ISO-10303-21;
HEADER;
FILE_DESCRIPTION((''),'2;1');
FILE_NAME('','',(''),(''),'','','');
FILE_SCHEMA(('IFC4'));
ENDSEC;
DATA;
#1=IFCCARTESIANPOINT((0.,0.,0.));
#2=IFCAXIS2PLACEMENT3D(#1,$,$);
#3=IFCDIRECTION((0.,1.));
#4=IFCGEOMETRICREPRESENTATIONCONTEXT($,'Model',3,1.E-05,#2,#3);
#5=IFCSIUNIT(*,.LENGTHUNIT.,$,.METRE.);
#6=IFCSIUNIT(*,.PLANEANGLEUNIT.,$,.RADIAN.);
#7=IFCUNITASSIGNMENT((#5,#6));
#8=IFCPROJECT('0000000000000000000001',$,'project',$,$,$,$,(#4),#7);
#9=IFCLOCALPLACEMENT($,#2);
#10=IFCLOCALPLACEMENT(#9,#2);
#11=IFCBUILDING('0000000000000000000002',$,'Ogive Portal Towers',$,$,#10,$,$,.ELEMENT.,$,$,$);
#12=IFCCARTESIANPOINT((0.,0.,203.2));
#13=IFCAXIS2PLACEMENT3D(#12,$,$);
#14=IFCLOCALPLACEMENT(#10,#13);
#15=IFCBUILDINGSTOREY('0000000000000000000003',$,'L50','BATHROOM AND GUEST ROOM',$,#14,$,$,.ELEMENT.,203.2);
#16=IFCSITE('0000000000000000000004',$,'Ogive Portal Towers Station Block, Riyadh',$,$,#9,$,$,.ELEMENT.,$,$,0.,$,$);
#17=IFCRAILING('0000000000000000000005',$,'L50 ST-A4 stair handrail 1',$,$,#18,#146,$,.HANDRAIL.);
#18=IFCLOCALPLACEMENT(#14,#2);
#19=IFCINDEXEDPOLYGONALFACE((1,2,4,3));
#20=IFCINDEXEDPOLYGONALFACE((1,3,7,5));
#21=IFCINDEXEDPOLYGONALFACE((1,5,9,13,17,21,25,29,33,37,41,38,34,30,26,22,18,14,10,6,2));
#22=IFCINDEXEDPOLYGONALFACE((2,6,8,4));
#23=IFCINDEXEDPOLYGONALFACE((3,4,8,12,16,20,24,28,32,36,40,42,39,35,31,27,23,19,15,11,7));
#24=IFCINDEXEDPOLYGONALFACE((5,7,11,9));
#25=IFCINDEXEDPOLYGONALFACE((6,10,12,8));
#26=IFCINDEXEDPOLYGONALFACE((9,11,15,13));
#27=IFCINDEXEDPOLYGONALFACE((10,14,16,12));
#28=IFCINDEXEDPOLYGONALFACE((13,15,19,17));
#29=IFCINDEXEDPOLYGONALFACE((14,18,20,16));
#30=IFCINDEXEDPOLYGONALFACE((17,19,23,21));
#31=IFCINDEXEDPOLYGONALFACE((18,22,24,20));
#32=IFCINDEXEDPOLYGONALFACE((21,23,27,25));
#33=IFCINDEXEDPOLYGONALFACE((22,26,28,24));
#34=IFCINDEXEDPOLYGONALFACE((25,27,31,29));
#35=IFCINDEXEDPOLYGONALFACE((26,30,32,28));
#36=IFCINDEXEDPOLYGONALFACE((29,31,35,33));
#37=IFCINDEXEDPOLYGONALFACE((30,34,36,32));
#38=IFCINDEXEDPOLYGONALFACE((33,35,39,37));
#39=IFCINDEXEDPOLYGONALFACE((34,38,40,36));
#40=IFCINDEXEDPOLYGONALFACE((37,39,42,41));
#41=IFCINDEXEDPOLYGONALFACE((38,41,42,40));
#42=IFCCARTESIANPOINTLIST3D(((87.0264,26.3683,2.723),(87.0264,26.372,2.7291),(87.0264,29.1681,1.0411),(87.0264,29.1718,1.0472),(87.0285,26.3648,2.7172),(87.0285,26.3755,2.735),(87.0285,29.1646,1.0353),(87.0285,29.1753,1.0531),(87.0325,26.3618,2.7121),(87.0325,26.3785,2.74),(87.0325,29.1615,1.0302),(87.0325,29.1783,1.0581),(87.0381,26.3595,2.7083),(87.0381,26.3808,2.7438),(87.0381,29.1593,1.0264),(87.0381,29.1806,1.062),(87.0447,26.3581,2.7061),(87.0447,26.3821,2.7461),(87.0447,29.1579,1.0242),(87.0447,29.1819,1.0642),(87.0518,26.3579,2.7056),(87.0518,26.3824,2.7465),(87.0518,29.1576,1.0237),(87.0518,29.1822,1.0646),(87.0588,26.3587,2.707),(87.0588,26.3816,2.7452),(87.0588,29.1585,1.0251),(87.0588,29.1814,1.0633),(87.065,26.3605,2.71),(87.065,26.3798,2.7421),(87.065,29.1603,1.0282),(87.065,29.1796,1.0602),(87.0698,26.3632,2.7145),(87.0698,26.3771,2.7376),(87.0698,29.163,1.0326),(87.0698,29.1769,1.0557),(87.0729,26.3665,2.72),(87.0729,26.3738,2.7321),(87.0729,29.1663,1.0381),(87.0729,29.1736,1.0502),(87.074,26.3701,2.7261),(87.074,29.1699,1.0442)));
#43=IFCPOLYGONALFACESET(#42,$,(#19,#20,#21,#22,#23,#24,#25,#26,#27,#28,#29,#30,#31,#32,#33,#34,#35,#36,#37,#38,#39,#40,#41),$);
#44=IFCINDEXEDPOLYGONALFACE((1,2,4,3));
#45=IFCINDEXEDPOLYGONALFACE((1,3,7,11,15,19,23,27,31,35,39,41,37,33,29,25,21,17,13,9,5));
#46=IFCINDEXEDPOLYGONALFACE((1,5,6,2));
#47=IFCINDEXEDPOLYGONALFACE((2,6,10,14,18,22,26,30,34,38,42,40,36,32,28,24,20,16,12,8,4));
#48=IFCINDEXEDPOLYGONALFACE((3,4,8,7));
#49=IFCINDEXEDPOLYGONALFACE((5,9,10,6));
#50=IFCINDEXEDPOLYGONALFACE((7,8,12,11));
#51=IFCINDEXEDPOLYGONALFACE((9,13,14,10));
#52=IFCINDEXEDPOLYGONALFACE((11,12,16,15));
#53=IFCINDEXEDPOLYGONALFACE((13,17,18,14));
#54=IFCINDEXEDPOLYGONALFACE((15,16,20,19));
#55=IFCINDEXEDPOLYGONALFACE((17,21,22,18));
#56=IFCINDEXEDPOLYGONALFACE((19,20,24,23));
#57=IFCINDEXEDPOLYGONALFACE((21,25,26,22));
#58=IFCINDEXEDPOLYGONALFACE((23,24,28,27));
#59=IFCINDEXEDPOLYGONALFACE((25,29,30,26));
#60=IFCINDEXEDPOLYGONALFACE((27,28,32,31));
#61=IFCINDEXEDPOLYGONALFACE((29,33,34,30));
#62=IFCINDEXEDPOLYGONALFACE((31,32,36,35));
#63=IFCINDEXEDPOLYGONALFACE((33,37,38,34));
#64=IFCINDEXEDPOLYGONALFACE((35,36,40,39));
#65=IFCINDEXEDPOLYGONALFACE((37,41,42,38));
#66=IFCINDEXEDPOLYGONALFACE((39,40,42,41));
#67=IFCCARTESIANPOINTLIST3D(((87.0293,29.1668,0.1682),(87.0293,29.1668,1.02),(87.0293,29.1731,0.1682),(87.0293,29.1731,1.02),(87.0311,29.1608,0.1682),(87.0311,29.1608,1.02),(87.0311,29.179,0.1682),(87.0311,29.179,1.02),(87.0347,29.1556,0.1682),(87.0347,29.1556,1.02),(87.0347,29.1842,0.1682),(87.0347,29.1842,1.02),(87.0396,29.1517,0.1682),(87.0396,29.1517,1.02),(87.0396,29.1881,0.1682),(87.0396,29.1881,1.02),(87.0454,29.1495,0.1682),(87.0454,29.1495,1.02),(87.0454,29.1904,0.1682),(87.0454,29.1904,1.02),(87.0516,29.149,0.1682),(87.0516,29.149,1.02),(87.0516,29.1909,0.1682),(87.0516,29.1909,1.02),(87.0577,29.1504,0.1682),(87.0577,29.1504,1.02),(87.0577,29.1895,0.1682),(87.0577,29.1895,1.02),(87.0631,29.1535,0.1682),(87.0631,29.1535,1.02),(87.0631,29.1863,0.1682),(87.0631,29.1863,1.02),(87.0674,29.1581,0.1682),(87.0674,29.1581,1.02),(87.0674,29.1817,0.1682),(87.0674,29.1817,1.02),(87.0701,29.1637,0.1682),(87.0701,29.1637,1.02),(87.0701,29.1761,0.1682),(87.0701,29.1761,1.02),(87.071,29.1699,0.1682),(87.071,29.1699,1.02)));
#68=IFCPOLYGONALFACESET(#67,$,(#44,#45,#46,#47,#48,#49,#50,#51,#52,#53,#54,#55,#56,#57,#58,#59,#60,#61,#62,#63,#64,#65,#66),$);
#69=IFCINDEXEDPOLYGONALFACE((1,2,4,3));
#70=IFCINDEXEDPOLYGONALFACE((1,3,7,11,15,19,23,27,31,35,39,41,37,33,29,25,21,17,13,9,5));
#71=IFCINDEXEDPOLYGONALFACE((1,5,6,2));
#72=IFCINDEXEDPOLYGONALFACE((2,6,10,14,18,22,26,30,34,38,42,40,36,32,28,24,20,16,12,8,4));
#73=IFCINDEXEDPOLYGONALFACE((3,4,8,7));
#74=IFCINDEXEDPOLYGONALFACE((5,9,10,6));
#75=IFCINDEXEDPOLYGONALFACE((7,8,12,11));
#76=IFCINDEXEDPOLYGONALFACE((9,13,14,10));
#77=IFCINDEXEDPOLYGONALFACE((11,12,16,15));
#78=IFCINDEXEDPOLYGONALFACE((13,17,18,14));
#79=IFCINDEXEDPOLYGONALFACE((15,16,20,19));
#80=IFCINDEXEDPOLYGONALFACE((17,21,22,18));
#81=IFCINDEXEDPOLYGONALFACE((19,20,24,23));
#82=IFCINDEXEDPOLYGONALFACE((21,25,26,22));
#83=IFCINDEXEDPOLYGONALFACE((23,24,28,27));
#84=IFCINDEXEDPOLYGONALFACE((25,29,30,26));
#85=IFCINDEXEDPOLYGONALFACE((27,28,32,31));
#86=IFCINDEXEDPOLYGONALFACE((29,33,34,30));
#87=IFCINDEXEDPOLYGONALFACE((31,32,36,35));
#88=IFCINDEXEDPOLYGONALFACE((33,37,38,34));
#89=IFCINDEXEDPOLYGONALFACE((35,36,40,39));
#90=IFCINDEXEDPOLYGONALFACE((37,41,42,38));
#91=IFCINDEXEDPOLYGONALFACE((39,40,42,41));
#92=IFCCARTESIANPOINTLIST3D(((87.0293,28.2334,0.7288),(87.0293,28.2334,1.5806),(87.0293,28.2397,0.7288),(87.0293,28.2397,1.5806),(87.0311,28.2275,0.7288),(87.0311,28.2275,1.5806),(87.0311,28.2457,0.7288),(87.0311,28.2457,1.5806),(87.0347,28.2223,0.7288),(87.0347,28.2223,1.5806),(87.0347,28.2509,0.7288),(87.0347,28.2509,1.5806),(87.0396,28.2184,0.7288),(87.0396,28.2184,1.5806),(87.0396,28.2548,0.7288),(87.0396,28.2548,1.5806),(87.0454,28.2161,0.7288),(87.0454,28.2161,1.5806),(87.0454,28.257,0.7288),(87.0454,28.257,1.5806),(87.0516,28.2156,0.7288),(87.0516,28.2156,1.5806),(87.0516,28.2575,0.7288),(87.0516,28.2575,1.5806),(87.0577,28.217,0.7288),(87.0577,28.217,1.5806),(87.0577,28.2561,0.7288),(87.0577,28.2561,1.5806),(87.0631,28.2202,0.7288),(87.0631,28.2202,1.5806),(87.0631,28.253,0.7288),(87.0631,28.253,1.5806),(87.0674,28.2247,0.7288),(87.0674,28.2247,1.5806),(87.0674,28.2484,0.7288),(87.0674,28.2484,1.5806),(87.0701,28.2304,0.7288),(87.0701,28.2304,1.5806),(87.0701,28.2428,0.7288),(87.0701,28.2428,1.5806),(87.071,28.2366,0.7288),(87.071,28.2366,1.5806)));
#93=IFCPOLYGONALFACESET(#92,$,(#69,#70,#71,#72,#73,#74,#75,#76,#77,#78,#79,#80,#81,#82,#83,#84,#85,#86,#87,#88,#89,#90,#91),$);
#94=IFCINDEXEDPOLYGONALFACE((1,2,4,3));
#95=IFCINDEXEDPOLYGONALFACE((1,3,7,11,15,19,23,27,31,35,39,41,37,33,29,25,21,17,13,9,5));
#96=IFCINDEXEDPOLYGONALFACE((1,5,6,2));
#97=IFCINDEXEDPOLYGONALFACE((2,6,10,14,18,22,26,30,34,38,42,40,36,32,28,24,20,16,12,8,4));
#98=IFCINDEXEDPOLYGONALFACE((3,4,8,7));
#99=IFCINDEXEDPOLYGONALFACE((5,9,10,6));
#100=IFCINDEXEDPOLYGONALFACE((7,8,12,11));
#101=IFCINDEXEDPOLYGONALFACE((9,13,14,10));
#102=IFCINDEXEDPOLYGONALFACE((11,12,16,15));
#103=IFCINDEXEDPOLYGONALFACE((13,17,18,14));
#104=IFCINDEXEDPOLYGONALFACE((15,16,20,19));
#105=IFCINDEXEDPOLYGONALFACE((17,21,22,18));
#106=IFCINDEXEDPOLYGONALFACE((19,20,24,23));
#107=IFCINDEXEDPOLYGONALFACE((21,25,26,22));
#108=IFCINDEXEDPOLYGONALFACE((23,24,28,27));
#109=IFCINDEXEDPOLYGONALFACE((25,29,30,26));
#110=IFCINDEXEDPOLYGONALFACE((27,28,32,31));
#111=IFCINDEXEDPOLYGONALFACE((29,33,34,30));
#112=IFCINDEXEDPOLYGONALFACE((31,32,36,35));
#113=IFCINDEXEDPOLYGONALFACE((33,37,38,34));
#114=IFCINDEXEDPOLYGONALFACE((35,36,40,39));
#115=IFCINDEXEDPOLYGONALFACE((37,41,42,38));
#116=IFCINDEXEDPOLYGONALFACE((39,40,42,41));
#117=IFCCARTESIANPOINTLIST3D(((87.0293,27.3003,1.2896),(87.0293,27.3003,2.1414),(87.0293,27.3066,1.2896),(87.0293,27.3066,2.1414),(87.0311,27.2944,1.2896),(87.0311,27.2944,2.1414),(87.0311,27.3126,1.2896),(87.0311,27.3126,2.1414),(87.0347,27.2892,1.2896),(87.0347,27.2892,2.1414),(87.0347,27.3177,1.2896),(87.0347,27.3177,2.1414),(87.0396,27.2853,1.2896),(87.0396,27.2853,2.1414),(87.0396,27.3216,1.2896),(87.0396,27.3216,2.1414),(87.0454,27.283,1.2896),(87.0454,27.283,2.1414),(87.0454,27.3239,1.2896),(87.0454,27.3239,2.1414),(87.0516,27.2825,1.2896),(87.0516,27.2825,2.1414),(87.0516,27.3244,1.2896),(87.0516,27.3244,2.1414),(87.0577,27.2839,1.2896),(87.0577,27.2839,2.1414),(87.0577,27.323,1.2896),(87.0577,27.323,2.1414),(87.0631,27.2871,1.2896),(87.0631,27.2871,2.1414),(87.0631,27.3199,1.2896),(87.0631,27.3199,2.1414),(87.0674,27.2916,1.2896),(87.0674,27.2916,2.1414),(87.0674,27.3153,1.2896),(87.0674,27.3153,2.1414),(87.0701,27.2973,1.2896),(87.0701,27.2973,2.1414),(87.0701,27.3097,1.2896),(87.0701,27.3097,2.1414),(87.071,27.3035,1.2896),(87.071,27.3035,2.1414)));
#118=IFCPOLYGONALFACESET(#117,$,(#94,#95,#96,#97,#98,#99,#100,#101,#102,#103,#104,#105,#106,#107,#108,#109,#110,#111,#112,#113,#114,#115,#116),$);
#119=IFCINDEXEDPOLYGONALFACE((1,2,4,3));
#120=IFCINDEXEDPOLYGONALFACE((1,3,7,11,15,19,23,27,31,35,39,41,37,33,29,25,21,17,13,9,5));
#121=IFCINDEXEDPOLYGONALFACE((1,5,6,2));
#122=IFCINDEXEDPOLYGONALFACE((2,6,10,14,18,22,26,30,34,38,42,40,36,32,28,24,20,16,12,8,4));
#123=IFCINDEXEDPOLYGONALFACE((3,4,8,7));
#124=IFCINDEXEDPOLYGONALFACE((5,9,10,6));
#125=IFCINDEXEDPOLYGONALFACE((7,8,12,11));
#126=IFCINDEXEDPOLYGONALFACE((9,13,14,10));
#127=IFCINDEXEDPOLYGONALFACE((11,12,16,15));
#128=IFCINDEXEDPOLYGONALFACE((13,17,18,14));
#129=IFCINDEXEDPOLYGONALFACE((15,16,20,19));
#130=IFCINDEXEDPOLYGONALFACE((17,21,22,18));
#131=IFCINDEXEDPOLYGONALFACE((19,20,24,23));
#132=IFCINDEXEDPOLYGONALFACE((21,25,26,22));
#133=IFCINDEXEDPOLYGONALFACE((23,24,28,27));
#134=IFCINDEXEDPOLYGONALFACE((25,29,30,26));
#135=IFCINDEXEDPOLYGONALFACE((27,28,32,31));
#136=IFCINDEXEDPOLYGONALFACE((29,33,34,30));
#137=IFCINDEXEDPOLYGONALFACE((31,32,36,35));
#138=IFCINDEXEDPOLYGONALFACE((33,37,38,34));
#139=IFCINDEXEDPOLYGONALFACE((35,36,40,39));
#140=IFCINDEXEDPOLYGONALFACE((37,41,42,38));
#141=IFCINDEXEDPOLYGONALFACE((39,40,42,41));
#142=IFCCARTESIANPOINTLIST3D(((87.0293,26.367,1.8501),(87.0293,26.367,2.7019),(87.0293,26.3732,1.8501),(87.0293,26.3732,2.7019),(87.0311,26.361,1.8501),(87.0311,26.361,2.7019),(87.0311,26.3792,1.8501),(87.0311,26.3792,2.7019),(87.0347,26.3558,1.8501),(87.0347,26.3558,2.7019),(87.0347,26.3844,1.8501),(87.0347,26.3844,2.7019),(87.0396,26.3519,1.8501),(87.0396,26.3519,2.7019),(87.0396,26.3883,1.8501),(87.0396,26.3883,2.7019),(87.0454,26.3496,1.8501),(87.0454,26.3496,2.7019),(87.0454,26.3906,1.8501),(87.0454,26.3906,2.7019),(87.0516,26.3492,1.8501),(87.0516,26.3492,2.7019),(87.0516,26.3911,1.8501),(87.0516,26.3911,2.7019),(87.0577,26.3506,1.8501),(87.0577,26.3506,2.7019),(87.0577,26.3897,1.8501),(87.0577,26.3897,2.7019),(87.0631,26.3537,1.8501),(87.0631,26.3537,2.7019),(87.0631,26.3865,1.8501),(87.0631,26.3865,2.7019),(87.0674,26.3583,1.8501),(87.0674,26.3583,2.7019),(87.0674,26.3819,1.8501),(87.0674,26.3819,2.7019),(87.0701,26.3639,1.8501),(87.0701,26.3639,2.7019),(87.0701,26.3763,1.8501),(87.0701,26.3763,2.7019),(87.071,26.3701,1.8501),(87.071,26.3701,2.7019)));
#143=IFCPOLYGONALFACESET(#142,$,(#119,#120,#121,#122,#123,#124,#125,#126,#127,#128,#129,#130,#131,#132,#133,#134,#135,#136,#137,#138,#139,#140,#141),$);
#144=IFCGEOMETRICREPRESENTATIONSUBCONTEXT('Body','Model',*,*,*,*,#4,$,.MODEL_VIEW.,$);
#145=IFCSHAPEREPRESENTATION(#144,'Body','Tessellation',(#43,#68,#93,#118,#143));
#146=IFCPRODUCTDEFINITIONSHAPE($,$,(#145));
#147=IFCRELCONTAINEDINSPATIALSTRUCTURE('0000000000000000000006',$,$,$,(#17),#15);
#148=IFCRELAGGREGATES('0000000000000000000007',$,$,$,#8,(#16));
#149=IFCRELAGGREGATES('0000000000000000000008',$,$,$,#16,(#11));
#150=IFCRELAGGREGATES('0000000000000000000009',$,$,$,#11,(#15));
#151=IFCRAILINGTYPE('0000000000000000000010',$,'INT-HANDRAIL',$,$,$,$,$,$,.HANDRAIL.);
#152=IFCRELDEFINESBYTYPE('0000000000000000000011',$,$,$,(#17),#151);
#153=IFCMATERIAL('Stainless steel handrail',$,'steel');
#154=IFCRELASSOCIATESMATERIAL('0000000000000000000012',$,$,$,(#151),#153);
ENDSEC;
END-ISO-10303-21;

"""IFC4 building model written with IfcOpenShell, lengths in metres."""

from ifc_helpers import new_model, si_unit, direction, frame, origin, origin_2d, place, context, subcontext, project, spatial, circle, extrude, material, type_object, element, save


model = new_model("IFC4")

# Units and contexts
model_context = context("Model", 3, precision=1e-05, world=origin(), true_north=direction((0.0, 1.0)))
body_context = subcontext(model_context, "Body", "Model", "MODEL_VIEW")
ifc_project = project(units=[si_unit("LENGTHUNIT", "METRE"), si_unit("PLANEANGLEUNIT", "RADIAN")], contexts=[model_context])

# Site, building, storey
site_placement = place(None, origin())
site = spatial("IfcSite", under=ifc_project, at=site_placement, Name="Ogive Portal Towers Station Block, Riyadh", CompositionType="ELEMENT", RefElevation=0.0)
building_placement = place(site_placement, origin())
building = spatial("IfcBuilding", under=site, at=building_placement, Name="Ogive Portal Towers", CompositionType="ELEMENT")
storey_placement = place(building_placement, frame((0.0, 0.0, 203.2)))
storey = spatial("IfcBuildingStorey", under=building, at=storey_placement, Name="L50", Description="BATHROOM AND GUEST ROOM", CompositionType="ELEMENT", Elevation=203.2)

# Railing
ifc_material_1 = material(Name="Stainless steel handrail", Category="steel")
railing_type_1 = type_object("IfcRailingType", Name="INT-HANDRAIL", PredefinedType="HANDRAIL", material=ifc_material_1)
railing_1_placement = place(storey_placement, frame((87.05, 29.1699, 0.1682)))
element("IfcRailing", 1, at=railing_1_placement, inside=storey, type_object=railing_type_1, Name="L50 ST-A4 stair handrail 1", PredefinedType="HANDRAIL", context=body_context, shape_type="SweptSolid", body=[
    extrude(circle(Radius=0.0239, at=origin_2d()), frame((0.0, 0.0, 0.876), z_axis=(0.0, -0.857222, 0.514946), x_axis=(1.0, 0.0, 0.0)), (0.0, 0.0, 1.0), 3.2661),
    extrude(circle(Radius=0.021, at=origin_2d()), origin(), (0.0, 0.0, 1.0), 0.8518),
    extrude(circle(Radius=0.021, at=origin_2d()), frame((0.0, -0.9333, 0.5605)), (0.0, 0.0, 1.0), 0.8518),
    extrude(circle(Radius=0.021, at=origin_2d()), frame((0.0, -1.8665, 1.1213)), (0.0, 0.0, 1.0), 0.8518),
    extrude(circle(Radius=0.021, at=origin_2d()), frame((0.0, -2.7998, 1.6819)), (0.0, 0.0, 1.0), 0.8518),
])

save(model, "model.ifc")
